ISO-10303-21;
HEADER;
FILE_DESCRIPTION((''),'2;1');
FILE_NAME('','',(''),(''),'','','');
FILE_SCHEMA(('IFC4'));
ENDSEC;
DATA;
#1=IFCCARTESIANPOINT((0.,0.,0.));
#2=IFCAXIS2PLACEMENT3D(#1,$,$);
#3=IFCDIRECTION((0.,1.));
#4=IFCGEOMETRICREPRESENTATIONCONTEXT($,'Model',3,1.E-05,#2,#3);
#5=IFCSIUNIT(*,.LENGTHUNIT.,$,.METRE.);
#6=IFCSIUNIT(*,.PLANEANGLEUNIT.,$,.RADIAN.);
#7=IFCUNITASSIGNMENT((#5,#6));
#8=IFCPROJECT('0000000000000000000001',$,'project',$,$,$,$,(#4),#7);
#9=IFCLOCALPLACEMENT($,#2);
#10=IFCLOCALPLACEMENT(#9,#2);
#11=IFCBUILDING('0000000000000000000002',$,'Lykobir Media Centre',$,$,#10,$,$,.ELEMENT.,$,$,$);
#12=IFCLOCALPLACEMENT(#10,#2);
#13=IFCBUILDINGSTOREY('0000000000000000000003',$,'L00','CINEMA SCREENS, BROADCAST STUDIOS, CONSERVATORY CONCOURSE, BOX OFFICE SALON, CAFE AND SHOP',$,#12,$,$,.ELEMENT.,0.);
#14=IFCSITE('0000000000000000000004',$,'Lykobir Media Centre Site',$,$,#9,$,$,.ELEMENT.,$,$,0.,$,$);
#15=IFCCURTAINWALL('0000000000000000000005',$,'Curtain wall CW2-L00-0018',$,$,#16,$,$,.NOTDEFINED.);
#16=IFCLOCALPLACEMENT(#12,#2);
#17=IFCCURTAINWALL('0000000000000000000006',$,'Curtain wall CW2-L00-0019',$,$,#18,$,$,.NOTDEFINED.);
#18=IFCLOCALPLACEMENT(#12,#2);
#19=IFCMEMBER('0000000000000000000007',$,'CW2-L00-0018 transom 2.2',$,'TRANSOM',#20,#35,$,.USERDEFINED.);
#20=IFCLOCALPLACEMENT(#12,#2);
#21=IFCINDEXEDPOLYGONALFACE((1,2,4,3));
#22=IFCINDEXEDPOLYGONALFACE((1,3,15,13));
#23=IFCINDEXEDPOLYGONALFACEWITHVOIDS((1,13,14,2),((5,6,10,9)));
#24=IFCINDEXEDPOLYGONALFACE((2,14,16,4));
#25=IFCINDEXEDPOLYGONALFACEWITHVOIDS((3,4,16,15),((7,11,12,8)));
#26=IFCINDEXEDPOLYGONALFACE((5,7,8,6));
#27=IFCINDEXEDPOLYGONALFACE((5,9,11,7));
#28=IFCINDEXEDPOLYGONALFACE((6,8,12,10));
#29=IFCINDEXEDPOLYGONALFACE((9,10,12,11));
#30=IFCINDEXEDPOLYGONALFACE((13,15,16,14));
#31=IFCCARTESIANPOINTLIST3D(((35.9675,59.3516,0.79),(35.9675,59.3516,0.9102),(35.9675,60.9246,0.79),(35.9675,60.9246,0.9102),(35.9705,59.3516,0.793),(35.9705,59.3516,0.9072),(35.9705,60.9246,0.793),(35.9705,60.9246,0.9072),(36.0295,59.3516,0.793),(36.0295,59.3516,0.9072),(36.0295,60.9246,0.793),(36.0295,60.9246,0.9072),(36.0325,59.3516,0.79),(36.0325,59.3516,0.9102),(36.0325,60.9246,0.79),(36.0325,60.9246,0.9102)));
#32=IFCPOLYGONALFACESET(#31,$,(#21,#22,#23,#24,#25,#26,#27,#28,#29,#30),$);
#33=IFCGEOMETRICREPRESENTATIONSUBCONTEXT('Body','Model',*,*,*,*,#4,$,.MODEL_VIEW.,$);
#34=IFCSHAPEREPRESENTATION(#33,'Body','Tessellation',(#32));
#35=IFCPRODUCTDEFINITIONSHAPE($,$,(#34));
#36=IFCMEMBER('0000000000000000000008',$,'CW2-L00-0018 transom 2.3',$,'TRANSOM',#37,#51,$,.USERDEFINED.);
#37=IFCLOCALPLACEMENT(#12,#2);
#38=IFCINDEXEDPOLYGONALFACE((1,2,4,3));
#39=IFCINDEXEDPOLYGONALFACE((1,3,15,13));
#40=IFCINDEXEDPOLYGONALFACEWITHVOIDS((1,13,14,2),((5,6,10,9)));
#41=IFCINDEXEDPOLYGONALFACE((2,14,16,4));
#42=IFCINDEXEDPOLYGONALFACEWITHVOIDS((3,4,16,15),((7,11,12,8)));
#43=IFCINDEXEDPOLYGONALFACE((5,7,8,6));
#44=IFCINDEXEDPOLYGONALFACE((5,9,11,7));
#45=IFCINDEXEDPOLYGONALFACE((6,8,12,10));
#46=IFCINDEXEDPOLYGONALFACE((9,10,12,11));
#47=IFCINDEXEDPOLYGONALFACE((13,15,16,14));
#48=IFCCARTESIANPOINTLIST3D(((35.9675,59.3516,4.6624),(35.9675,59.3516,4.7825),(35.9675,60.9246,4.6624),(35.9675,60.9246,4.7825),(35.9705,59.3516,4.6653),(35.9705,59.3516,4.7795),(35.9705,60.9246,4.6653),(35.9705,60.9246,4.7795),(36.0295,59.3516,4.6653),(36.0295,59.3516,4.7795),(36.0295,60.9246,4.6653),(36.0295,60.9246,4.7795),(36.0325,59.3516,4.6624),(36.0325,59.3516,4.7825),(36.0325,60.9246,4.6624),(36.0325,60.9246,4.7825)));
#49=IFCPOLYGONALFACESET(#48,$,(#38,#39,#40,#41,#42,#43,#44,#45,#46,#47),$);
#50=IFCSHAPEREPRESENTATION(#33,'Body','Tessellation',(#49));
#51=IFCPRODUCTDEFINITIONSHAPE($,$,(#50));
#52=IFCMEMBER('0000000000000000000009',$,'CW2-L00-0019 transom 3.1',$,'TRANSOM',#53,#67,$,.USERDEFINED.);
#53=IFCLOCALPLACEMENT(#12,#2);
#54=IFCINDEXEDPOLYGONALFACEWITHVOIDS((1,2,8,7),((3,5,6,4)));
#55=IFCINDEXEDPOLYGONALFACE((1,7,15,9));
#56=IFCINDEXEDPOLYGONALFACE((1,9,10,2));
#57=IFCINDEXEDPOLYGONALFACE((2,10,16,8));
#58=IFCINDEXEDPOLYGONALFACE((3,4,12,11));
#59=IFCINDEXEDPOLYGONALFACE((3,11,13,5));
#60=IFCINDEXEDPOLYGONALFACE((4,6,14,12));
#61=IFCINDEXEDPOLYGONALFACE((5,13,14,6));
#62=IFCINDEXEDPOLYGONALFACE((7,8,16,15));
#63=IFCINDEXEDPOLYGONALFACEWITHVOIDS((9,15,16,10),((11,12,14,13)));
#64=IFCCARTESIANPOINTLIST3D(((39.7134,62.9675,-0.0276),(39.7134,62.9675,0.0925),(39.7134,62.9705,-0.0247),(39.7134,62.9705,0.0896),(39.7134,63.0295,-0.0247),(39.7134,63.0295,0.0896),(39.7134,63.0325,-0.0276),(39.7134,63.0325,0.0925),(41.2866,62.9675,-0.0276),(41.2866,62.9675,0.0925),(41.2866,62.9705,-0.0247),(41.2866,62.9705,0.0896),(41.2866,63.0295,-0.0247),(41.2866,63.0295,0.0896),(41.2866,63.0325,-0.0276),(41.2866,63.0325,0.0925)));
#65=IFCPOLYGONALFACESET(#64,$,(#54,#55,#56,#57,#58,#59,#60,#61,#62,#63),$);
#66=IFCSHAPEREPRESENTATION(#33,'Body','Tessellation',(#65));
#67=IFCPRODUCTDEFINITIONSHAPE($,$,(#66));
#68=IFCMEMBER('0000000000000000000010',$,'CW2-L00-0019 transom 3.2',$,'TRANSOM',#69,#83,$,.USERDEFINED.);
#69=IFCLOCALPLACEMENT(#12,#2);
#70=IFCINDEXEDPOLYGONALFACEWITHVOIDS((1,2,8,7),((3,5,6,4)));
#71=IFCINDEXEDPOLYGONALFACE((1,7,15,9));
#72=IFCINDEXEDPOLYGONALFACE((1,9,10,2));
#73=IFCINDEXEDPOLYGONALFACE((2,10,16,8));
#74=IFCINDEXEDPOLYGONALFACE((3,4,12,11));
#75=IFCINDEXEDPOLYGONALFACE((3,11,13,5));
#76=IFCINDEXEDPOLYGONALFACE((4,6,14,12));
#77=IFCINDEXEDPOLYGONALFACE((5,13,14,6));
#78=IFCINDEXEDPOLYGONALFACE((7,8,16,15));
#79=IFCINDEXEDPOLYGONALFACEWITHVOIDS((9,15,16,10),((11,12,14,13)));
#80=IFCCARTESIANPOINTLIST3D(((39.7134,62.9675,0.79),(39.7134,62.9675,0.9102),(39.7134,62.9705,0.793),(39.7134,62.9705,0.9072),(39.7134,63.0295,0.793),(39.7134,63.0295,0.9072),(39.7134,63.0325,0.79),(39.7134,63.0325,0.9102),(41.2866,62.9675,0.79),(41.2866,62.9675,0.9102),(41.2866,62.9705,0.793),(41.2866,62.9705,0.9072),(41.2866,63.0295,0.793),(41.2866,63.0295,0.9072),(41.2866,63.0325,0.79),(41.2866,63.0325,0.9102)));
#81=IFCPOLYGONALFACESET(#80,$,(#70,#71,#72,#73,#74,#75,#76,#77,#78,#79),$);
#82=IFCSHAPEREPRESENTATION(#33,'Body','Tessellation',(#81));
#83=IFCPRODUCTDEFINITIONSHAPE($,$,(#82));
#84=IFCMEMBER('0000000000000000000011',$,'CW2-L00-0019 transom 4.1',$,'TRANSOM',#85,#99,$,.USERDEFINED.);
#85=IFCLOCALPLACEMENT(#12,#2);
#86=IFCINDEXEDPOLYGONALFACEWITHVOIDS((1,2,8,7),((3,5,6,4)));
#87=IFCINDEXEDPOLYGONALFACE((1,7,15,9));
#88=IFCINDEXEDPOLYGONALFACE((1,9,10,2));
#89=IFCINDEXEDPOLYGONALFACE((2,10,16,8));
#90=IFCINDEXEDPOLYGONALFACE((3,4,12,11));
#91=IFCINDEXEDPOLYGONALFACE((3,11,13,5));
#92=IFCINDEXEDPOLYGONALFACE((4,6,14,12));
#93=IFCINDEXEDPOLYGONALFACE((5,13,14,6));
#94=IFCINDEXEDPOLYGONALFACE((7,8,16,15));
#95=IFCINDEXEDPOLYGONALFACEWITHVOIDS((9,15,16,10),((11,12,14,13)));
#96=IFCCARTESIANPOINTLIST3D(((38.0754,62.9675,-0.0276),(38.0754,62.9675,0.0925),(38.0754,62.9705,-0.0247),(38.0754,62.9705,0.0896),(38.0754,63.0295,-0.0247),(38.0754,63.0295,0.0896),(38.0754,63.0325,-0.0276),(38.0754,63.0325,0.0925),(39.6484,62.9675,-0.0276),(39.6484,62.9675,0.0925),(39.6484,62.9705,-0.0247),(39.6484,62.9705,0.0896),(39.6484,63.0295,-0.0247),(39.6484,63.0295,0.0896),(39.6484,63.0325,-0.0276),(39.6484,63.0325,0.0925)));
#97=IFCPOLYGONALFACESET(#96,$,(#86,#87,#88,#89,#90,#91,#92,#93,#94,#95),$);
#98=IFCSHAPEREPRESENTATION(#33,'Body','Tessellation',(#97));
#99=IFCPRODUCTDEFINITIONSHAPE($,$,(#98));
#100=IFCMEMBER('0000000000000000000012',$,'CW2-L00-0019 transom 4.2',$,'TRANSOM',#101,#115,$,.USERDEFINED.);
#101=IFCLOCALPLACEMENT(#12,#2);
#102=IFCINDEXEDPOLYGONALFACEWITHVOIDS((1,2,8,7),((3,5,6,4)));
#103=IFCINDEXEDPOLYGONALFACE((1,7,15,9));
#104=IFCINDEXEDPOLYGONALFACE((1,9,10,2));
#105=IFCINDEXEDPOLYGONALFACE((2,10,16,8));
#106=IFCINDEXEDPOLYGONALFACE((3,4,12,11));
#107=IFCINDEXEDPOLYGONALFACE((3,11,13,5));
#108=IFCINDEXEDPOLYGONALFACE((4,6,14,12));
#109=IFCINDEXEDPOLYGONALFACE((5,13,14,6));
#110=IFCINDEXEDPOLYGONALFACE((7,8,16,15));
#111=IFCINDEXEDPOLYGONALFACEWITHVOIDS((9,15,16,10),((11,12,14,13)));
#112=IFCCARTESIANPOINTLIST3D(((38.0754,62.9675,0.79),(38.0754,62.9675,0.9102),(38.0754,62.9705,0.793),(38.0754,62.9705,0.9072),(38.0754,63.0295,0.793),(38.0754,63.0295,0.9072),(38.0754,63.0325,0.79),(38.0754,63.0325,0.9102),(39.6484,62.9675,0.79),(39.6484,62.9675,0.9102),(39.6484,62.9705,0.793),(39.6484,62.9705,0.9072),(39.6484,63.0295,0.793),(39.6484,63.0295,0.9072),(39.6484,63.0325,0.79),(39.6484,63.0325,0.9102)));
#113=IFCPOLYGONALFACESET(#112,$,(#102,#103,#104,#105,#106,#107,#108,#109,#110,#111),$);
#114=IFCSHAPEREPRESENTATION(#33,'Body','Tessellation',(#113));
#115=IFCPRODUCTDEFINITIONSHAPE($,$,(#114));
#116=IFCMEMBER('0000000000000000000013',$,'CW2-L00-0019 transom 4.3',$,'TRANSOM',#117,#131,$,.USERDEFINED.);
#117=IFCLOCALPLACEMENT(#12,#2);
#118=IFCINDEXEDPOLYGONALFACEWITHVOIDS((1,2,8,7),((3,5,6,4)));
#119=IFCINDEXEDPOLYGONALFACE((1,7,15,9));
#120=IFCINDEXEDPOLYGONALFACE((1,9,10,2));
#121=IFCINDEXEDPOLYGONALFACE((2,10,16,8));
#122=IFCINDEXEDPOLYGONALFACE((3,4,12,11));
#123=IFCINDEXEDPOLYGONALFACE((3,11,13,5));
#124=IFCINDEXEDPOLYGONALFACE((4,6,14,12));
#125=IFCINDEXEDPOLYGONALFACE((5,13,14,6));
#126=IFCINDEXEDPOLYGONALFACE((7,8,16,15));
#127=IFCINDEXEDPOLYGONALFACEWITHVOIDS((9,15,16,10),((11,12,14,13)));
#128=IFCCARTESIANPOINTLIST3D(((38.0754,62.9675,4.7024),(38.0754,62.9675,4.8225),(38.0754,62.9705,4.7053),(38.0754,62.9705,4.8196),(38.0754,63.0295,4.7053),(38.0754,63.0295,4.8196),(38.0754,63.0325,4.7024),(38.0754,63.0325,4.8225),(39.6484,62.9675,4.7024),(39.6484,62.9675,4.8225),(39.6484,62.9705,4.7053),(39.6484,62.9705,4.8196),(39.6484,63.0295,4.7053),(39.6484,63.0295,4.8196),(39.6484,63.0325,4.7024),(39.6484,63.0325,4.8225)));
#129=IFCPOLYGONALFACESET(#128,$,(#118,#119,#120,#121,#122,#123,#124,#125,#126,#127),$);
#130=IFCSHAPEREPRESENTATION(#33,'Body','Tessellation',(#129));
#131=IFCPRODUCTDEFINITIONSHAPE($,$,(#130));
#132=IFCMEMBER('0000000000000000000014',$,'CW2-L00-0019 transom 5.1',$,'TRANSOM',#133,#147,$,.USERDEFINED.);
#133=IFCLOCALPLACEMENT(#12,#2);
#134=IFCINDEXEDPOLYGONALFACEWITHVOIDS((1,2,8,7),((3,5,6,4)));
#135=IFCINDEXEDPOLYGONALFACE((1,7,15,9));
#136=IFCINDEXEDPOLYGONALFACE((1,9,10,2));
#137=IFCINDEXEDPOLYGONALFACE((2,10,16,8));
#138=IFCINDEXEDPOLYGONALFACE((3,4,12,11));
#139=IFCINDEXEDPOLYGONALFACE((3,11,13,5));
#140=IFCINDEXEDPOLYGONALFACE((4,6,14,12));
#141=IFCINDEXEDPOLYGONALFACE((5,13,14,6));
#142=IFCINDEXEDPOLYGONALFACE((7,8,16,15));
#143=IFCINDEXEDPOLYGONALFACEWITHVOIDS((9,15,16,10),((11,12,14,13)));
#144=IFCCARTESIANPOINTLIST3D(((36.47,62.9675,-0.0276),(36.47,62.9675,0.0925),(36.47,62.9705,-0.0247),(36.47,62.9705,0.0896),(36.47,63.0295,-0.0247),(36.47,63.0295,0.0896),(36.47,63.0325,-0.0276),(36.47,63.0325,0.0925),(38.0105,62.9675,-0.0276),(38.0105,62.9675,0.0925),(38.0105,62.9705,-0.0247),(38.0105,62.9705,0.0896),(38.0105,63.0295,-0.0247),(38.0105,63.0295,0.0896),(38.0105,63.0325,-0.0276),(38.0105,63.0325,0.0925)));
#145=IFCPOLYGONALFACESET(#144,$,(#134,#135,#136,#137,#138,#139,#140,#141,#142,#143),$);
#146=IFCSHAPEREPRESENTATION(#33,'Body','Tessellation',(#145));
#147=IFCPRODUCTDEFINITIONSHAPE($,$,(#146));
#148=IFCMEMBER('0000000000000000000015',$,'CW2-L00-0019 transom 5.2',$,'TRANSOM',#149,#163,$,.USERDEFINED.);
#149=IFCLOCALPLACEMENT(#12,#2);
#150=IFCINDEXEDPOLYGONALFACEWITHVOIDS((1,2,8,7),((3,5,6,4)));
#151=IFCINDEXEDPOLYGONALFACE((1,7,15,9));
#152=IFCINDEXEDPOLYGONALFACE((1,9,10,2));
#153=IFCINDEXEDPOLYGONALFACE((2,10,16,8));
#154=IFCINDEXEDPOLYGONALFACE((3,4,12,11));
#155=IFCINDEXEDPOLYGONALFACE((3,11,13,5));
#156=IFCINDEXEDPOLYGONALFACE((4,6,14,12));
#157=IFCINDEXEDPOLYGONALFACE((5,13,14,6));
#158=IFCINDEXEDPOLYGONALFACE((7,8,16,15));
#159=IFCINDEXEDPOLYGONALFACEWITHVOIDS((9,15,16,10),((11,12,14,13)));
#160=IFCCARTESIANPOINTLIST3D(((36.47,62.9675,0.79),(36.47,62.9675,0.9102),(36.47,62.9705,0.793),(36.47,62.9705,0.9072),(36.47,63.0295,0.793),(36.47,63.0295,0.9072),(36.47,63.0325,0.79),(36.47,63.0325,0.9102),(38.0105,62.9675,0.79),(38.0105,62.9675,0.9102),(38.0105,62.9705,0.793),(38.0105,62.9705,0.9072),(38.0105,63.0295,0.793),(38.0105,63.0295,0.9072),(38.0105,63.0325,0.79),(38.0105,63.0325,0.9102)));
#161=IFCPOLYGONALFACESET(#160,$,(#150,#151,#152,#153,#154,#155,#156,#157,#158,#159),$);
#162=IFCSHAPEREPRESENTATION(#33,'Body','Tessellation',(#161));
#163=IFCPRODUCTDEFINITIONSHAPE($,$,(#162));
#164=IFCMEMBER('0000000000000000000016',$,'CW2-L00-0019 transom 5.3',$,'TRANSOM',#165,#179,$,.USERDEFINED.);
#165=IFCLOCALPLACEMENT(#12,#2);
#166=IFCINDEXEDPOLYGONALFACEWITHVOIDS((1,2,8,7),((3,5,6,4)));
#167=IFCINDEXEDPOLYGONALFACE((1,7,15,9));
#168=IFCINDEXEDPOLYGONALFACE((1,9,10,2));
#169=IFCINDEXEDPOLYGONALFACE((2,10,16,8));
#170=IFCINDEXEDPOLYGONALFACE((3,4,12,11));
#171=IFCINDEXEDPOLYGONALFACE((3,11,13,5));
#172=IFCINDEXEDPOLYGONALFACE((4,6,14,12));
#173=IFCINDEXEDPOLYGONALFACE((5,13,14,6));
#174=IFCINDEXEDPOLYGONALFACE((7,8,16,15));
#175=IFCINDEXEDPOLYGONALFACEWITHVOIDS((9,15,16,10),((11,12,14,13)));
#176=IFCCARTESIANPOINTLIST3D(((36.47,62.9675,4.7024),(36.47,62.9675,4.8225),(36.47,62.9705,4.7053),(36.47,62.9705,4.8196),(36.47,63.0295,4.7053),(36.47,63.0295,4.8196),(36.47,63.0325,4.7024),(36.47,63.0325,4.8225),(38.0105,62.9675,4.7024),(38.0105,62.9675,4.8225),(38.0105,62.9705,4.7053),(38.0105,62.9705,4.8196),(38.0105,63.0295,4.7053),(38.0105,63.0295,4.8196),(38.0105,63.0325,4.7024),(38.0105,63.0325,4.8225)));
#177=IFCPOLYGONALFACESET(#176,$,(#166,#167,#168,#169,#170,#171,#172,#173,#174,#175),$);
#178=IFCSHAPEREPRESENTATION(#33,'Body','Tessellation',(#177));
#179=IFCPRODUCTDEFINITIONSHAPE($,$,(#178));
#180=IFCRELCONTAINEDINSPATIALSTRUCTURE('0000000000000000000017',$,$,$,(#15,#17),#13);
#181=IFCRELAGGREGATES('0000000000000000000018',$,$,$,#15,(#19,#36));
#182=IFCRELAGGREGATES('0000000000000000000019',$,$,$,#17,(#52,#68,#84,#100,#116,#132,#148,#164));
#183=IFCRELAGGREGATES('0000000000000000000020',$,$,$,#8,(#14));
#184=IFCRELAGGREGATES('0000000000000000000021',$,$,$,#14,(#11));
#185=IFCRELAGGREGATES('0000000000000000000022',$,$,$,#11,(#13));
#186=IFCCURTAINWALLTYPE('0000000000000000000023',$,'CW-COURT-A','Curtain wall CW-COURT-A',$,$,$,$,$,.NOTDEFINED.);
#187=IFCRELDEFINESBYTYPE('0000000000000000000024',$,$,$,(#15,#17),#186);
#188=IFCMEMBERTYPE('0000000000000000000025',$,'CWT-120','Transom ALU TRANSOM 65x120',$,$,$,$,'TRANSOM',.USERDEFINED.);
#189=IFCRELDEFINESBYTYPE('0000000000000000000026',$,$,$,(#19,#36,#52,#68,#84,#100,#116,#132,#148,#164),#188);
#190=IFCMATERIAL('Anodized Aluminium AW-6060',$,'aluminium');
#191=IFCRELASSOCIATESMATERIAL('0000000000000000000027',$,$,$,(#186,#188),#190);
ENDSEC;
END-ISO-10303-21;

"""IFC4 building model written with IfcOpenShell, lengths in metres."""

from ifc_helpers import new_model, si_unit, direction, frame, origin, origin_2d, place, context, subcontext, project, spatial, hollow_rectangle, extrude, material, material_profile, profile_set, type_object, element, aggregate, save


model = new_model("IFC4")

# Units and contexts
model_context = context("Model", 3, precision=1e-05, world=origin(), true_north=direction((0.0, 1.0)))
body_context = subcontext(model_context, "Body", "Model", "MODEL_VIEW")
ifc_project = project(units=[si_unit("LENGTHUNIT", "METRE"), si_unit("PLANEANGLEUNIT", "RADIAN")], contexts=[model_context])

# Site, building, storey
site_placement = place(None, origin())
site = spatial("IfcSite", under=ifc_project, at=site_placement, Name="Lykobir Media Centre Site", CompositionType="ELEMENT", RefElevation=0.0)
building_placement = place(site_placement, origin())
building = spatial("IfcBuilding", under=site, at=building_placement, Name="Lykobir Media Centre", CompositionType="ELEMENT")
storey_placement = place(building_placement, origin())
storey = spatial("IfcBuildingStorey", under=building, at=storey_placement, Name="L00", Description="CINEMA SCREENS, BROADCAST STUDIOS, CONSERVATORY CONCOURSE, BOX OFFICE SALON, CAFE AND SHOP", CompositionType="ELEMENT", Elevation=0.0)

# Curtain walls
ifc_material_1 = material(Name="Anodized Aluminium AW-6060", Category="aluminium")
curtain_wall_type = type_object("IfcCurtainWallType", Name="CW-COURT-A", Description="Curtain wall CW-COURT-A", PredefinedType="NOTDEFINED", material=ifc_material_1)
curtain_wall_1_placement = place(storey_placement, origin())
curtain_wall_1 = element("IfcCurtainWall", 1, at=curtain_wall_1_placement, inside=storey, type_object=curtain_wall_type, Name="Curtain wall CW2-L00-0018", PredefinedType="NOTDEFINED")
curtain_wall_2_placement = place(storey_placement, origin())
curtain_wall_2 = element("IfcCurtainWall", 2, at=curtain_wall_2_placement, inside=storey, type_object=curtain_wall_type, Name="Curtain wall CW2-L00-0019", PredefinedType="NOTDEFINED")

# Members
ifc_material_profile_1 = material_profile(ifc_material_1, hollow_rectangle(XDim=0.0649, YDim=0.1201, WallThickness=0.0029, at=origin_2d()), Name="ALU TRANSOM 65x120")
ifc_profile_set_1 = profile_set([ifc_material_profile_1], Name="Anodized Aluminium AW-6060")
member_type_1 = type_object("IfcMemberType", Name="CWT-120", Description="Transom ALU TRANSOM 65x120", ElementType="TRANSOM", PredefinedType="USERDEFINED", material=ifc_profile_set_1)
member_1_placement = place(storey_placement, frame((36.0, 60.9246, 0.8501), z_axis=(0.0, -1.0, 0.0), x_axis=(1.0, 0.0, 0.0)))
member_1 = element("IfcMember", 3, at=member_1_placement, type_object=member_type_1, Name="CW2-L00-0018 transom 2.2", ObjectType="TRANSOM", PredefinedType="USERDEFINED", context=body_context, shape_type="SweptSolid", body=[
    extrude(hollow_rectangle(XDim=0.0649, YDim=0.1201, WallThickness=0.0029, at=origin_2d()), origin(), (0.0, 0.0, 1.0), 1.573),
])
member_2_placement = place(storey_placement, frame((36.0, 60.9246, 4.7224), z_axis=(0.0, -1.0, 0.0), x_axis=(1.0, 0.0, 0.0)))
member_2 = element("IfcMember", 4, at=member_2_placement, type_object=member_type_1, Name="CW2-L00-0018 transom 2.3", ObjectType="TRANSOM", PredefinedType="USERDEFINED", context=body_context, shape_type="SweptSolid", body=[
    extrude(hollow_rectangle(XDim=0.0649, YDim=0.1201, WallThickness=0.0029, at=origin_2d()), origin(), (0.0, 0.0, 1.0), 1.573),
])
member_3_placement = place(storey_placement, frame((41.2866, 63.0, 0.0325), z_axis=(-1.0, 0.0, 0.0), x_axis=(0.0, -1.0, 0.0)))
member_3 = element("IfcMember", 5, at=member_3_placement, type_object=member_type_1, Name="CW2-L00-0019 transom 3.1", ObjectType="TRANSOM", PredefinedType="USERDEFINED", context=body_context, shape_type="SweptSolid", body=[
    extrude(hollow_rectangle(XDim=0.0649, YDim=0.1201, WallThickness=0.0029, at=origin_2d()), origin(), (0.0, 0.0, 1.0), 1.5732),
])
member_4_placement = place(storey_placement, frame((41.2866, 63.0, 0.8501), z_axis=(-1.0, 0.0, 0.0), x_axis=(0.0, -1.0, 0.0)))
member_4 = element("IfcMember", 6, at=member_4_placement, type_object=member_type_1, Name="CW2-L00-0019 transom 3.2", ObjectType="TRANSOM", PredefinedType="USERDEFINED", context=body_context, shape_type="SweptSolid", body=[
    extrude(hollow_rectangle(XDim=0.0649, YDim=0.1201, WallThickness=0.0029, at=origin_2d()), origin(), (0.0, 0.0, 1.0), 1.5732),
])
member_5_placement = place(storey_placement, frame((39.6484, 63.0, 0.0325), z_axis=(-1.0, 0.0, 0.0), x_axis=(0.0, -1.0, 0.0)))
member_5 = element("IfcMember", 7, at=member_5_placement, type_object=member_type_1, Name="CW2-L00-0019 transom 4.1", ObjectType="TRANSOM", PredefinedType="USERDEFINED", context=body_context, shape_type="SweptSolid", body=[
    extrude(hollow_rectangle(XDim=0.0649, YDim=0.1201, WallThickness=0.0029, at=origin_2d()), origin(), (0.0, 0.0, 1.0), 1.573),
])
member_6_placement = place(storey_placement, frame((39.6484, 63.0, 0.8501), z_axis=(-1.0, 0.0, 0.0), x_axis=(0.0, -1.0, 0.0)))
member_6 = element("IfcMember", 8, at=member_6_placement, type_object=member_type_1, Name="CW2-L00-0019 transom 4.2", ObjectType="TRANSOM", PredefinedType="USERDEFINED", context=body_context, shape_type="SweptSolid", body=[
    extrude(hollow_rectangle(XDim=0.0649, YDim=0.1201, WallThickness=0.0029, at=origin_2d()), origin(), (0.0, 0.0, 1.0), 1.573),
])
member_7_placement = place(storey_placement, frame((39.6484, 63.0, 4.7625), z_axis=(-1.0, 0.0, 0.0), x_axis=(0.0, -1.0, 0.0)))
member_7 = element("IfcMember", 9, at=member_7_placement, type_object=member_type_1, Name="CW2-L00-0019 transom 4.3", ObjectType="TRANSOM", PredefinedType="USERDEFINED", context=body_context, shape_type="SweptSolid", body=[
    extrude(hollow_rectangle(XDim=0.0649, YDim=0.1201, WallThickness=0.0029, at=origin_2d()), origin(), (0.0, 0.0, 1.0), 1.573),
])
member_8_placement = place(storey_placement, frame((38.0105, 63.0, 0.0325), z_axis=(-1.0, 0.0, 0.0), x_axis=(0.0, -1.0, 0.0)))
member_8 = element("IfcMember", 10, at=member_8_placement, type_object=member_type_1, Name="CW2-L00-0019 transom 5.1", ObjectType="TRANSOM", PredefinedType="USERDEFINED", context=body_context, shape_type="SweptSolid", body=[
    extrude(hollow_rectangle(XDim=0.0649, YDim=0.1201, WallThickness=0.0029, at=origin_2d()), origin(), (0.0, 0.0, 1.0), 1.5405),
])
member_9_placement = place(storey_placement, frame((38.0105, 63.0, 0.8501), z_axis=(-1.0, 0.0, 0.0), x_axis=(0.0, -1.0, 0.0)))
member_9 = element("IfcMember", 11, at=member_9_placement, type_object=member_type_1, Name="CW2-L00-0019 transom 5.2", ObjectType="TRANSOM", PredefinedType="USERDEFINED", context=body_context, shape_type="SweptSolid", body=[
    extrude(hollow_rectangle(XDim=0.0649, YDim=0.1201, WallThickness=0.0029, at=origin_2d()), origin(), (0.0, 0.0, 1.0), 1.5405),
])
member_10_placement = place(storey_placement, frame((38.0105, 63.0, 4.7625), z_axis=(-1.0, 0.0, 0.0), x_axis=(0.0, -1.0, 0.0)))
member_10 = element("IfcMember", 12, at=member_10_placement, type_object=member_type_1, Name="CW2-L00-0019 transom 5.3", ObjectType="TRANSOM", PredefinedType="USERDEFINED", context=body_context, shape_type="SweptSolid", body=[
    extrude(hollow_rectangle(XDim=0.0649, YDim=0.1201, WallThickness=0.0029, at=origin_2d()), origin(), (0.0, 0.0, 1.0), 1.5405),
])

aggregate(curtain_wall_1, [member_1, member_2])
aggregate(curtain_wall_2, [member_3, member_4, member_5, member_6, member_7, member_8, member_9, member_10])

save(model, "model.ifc")
